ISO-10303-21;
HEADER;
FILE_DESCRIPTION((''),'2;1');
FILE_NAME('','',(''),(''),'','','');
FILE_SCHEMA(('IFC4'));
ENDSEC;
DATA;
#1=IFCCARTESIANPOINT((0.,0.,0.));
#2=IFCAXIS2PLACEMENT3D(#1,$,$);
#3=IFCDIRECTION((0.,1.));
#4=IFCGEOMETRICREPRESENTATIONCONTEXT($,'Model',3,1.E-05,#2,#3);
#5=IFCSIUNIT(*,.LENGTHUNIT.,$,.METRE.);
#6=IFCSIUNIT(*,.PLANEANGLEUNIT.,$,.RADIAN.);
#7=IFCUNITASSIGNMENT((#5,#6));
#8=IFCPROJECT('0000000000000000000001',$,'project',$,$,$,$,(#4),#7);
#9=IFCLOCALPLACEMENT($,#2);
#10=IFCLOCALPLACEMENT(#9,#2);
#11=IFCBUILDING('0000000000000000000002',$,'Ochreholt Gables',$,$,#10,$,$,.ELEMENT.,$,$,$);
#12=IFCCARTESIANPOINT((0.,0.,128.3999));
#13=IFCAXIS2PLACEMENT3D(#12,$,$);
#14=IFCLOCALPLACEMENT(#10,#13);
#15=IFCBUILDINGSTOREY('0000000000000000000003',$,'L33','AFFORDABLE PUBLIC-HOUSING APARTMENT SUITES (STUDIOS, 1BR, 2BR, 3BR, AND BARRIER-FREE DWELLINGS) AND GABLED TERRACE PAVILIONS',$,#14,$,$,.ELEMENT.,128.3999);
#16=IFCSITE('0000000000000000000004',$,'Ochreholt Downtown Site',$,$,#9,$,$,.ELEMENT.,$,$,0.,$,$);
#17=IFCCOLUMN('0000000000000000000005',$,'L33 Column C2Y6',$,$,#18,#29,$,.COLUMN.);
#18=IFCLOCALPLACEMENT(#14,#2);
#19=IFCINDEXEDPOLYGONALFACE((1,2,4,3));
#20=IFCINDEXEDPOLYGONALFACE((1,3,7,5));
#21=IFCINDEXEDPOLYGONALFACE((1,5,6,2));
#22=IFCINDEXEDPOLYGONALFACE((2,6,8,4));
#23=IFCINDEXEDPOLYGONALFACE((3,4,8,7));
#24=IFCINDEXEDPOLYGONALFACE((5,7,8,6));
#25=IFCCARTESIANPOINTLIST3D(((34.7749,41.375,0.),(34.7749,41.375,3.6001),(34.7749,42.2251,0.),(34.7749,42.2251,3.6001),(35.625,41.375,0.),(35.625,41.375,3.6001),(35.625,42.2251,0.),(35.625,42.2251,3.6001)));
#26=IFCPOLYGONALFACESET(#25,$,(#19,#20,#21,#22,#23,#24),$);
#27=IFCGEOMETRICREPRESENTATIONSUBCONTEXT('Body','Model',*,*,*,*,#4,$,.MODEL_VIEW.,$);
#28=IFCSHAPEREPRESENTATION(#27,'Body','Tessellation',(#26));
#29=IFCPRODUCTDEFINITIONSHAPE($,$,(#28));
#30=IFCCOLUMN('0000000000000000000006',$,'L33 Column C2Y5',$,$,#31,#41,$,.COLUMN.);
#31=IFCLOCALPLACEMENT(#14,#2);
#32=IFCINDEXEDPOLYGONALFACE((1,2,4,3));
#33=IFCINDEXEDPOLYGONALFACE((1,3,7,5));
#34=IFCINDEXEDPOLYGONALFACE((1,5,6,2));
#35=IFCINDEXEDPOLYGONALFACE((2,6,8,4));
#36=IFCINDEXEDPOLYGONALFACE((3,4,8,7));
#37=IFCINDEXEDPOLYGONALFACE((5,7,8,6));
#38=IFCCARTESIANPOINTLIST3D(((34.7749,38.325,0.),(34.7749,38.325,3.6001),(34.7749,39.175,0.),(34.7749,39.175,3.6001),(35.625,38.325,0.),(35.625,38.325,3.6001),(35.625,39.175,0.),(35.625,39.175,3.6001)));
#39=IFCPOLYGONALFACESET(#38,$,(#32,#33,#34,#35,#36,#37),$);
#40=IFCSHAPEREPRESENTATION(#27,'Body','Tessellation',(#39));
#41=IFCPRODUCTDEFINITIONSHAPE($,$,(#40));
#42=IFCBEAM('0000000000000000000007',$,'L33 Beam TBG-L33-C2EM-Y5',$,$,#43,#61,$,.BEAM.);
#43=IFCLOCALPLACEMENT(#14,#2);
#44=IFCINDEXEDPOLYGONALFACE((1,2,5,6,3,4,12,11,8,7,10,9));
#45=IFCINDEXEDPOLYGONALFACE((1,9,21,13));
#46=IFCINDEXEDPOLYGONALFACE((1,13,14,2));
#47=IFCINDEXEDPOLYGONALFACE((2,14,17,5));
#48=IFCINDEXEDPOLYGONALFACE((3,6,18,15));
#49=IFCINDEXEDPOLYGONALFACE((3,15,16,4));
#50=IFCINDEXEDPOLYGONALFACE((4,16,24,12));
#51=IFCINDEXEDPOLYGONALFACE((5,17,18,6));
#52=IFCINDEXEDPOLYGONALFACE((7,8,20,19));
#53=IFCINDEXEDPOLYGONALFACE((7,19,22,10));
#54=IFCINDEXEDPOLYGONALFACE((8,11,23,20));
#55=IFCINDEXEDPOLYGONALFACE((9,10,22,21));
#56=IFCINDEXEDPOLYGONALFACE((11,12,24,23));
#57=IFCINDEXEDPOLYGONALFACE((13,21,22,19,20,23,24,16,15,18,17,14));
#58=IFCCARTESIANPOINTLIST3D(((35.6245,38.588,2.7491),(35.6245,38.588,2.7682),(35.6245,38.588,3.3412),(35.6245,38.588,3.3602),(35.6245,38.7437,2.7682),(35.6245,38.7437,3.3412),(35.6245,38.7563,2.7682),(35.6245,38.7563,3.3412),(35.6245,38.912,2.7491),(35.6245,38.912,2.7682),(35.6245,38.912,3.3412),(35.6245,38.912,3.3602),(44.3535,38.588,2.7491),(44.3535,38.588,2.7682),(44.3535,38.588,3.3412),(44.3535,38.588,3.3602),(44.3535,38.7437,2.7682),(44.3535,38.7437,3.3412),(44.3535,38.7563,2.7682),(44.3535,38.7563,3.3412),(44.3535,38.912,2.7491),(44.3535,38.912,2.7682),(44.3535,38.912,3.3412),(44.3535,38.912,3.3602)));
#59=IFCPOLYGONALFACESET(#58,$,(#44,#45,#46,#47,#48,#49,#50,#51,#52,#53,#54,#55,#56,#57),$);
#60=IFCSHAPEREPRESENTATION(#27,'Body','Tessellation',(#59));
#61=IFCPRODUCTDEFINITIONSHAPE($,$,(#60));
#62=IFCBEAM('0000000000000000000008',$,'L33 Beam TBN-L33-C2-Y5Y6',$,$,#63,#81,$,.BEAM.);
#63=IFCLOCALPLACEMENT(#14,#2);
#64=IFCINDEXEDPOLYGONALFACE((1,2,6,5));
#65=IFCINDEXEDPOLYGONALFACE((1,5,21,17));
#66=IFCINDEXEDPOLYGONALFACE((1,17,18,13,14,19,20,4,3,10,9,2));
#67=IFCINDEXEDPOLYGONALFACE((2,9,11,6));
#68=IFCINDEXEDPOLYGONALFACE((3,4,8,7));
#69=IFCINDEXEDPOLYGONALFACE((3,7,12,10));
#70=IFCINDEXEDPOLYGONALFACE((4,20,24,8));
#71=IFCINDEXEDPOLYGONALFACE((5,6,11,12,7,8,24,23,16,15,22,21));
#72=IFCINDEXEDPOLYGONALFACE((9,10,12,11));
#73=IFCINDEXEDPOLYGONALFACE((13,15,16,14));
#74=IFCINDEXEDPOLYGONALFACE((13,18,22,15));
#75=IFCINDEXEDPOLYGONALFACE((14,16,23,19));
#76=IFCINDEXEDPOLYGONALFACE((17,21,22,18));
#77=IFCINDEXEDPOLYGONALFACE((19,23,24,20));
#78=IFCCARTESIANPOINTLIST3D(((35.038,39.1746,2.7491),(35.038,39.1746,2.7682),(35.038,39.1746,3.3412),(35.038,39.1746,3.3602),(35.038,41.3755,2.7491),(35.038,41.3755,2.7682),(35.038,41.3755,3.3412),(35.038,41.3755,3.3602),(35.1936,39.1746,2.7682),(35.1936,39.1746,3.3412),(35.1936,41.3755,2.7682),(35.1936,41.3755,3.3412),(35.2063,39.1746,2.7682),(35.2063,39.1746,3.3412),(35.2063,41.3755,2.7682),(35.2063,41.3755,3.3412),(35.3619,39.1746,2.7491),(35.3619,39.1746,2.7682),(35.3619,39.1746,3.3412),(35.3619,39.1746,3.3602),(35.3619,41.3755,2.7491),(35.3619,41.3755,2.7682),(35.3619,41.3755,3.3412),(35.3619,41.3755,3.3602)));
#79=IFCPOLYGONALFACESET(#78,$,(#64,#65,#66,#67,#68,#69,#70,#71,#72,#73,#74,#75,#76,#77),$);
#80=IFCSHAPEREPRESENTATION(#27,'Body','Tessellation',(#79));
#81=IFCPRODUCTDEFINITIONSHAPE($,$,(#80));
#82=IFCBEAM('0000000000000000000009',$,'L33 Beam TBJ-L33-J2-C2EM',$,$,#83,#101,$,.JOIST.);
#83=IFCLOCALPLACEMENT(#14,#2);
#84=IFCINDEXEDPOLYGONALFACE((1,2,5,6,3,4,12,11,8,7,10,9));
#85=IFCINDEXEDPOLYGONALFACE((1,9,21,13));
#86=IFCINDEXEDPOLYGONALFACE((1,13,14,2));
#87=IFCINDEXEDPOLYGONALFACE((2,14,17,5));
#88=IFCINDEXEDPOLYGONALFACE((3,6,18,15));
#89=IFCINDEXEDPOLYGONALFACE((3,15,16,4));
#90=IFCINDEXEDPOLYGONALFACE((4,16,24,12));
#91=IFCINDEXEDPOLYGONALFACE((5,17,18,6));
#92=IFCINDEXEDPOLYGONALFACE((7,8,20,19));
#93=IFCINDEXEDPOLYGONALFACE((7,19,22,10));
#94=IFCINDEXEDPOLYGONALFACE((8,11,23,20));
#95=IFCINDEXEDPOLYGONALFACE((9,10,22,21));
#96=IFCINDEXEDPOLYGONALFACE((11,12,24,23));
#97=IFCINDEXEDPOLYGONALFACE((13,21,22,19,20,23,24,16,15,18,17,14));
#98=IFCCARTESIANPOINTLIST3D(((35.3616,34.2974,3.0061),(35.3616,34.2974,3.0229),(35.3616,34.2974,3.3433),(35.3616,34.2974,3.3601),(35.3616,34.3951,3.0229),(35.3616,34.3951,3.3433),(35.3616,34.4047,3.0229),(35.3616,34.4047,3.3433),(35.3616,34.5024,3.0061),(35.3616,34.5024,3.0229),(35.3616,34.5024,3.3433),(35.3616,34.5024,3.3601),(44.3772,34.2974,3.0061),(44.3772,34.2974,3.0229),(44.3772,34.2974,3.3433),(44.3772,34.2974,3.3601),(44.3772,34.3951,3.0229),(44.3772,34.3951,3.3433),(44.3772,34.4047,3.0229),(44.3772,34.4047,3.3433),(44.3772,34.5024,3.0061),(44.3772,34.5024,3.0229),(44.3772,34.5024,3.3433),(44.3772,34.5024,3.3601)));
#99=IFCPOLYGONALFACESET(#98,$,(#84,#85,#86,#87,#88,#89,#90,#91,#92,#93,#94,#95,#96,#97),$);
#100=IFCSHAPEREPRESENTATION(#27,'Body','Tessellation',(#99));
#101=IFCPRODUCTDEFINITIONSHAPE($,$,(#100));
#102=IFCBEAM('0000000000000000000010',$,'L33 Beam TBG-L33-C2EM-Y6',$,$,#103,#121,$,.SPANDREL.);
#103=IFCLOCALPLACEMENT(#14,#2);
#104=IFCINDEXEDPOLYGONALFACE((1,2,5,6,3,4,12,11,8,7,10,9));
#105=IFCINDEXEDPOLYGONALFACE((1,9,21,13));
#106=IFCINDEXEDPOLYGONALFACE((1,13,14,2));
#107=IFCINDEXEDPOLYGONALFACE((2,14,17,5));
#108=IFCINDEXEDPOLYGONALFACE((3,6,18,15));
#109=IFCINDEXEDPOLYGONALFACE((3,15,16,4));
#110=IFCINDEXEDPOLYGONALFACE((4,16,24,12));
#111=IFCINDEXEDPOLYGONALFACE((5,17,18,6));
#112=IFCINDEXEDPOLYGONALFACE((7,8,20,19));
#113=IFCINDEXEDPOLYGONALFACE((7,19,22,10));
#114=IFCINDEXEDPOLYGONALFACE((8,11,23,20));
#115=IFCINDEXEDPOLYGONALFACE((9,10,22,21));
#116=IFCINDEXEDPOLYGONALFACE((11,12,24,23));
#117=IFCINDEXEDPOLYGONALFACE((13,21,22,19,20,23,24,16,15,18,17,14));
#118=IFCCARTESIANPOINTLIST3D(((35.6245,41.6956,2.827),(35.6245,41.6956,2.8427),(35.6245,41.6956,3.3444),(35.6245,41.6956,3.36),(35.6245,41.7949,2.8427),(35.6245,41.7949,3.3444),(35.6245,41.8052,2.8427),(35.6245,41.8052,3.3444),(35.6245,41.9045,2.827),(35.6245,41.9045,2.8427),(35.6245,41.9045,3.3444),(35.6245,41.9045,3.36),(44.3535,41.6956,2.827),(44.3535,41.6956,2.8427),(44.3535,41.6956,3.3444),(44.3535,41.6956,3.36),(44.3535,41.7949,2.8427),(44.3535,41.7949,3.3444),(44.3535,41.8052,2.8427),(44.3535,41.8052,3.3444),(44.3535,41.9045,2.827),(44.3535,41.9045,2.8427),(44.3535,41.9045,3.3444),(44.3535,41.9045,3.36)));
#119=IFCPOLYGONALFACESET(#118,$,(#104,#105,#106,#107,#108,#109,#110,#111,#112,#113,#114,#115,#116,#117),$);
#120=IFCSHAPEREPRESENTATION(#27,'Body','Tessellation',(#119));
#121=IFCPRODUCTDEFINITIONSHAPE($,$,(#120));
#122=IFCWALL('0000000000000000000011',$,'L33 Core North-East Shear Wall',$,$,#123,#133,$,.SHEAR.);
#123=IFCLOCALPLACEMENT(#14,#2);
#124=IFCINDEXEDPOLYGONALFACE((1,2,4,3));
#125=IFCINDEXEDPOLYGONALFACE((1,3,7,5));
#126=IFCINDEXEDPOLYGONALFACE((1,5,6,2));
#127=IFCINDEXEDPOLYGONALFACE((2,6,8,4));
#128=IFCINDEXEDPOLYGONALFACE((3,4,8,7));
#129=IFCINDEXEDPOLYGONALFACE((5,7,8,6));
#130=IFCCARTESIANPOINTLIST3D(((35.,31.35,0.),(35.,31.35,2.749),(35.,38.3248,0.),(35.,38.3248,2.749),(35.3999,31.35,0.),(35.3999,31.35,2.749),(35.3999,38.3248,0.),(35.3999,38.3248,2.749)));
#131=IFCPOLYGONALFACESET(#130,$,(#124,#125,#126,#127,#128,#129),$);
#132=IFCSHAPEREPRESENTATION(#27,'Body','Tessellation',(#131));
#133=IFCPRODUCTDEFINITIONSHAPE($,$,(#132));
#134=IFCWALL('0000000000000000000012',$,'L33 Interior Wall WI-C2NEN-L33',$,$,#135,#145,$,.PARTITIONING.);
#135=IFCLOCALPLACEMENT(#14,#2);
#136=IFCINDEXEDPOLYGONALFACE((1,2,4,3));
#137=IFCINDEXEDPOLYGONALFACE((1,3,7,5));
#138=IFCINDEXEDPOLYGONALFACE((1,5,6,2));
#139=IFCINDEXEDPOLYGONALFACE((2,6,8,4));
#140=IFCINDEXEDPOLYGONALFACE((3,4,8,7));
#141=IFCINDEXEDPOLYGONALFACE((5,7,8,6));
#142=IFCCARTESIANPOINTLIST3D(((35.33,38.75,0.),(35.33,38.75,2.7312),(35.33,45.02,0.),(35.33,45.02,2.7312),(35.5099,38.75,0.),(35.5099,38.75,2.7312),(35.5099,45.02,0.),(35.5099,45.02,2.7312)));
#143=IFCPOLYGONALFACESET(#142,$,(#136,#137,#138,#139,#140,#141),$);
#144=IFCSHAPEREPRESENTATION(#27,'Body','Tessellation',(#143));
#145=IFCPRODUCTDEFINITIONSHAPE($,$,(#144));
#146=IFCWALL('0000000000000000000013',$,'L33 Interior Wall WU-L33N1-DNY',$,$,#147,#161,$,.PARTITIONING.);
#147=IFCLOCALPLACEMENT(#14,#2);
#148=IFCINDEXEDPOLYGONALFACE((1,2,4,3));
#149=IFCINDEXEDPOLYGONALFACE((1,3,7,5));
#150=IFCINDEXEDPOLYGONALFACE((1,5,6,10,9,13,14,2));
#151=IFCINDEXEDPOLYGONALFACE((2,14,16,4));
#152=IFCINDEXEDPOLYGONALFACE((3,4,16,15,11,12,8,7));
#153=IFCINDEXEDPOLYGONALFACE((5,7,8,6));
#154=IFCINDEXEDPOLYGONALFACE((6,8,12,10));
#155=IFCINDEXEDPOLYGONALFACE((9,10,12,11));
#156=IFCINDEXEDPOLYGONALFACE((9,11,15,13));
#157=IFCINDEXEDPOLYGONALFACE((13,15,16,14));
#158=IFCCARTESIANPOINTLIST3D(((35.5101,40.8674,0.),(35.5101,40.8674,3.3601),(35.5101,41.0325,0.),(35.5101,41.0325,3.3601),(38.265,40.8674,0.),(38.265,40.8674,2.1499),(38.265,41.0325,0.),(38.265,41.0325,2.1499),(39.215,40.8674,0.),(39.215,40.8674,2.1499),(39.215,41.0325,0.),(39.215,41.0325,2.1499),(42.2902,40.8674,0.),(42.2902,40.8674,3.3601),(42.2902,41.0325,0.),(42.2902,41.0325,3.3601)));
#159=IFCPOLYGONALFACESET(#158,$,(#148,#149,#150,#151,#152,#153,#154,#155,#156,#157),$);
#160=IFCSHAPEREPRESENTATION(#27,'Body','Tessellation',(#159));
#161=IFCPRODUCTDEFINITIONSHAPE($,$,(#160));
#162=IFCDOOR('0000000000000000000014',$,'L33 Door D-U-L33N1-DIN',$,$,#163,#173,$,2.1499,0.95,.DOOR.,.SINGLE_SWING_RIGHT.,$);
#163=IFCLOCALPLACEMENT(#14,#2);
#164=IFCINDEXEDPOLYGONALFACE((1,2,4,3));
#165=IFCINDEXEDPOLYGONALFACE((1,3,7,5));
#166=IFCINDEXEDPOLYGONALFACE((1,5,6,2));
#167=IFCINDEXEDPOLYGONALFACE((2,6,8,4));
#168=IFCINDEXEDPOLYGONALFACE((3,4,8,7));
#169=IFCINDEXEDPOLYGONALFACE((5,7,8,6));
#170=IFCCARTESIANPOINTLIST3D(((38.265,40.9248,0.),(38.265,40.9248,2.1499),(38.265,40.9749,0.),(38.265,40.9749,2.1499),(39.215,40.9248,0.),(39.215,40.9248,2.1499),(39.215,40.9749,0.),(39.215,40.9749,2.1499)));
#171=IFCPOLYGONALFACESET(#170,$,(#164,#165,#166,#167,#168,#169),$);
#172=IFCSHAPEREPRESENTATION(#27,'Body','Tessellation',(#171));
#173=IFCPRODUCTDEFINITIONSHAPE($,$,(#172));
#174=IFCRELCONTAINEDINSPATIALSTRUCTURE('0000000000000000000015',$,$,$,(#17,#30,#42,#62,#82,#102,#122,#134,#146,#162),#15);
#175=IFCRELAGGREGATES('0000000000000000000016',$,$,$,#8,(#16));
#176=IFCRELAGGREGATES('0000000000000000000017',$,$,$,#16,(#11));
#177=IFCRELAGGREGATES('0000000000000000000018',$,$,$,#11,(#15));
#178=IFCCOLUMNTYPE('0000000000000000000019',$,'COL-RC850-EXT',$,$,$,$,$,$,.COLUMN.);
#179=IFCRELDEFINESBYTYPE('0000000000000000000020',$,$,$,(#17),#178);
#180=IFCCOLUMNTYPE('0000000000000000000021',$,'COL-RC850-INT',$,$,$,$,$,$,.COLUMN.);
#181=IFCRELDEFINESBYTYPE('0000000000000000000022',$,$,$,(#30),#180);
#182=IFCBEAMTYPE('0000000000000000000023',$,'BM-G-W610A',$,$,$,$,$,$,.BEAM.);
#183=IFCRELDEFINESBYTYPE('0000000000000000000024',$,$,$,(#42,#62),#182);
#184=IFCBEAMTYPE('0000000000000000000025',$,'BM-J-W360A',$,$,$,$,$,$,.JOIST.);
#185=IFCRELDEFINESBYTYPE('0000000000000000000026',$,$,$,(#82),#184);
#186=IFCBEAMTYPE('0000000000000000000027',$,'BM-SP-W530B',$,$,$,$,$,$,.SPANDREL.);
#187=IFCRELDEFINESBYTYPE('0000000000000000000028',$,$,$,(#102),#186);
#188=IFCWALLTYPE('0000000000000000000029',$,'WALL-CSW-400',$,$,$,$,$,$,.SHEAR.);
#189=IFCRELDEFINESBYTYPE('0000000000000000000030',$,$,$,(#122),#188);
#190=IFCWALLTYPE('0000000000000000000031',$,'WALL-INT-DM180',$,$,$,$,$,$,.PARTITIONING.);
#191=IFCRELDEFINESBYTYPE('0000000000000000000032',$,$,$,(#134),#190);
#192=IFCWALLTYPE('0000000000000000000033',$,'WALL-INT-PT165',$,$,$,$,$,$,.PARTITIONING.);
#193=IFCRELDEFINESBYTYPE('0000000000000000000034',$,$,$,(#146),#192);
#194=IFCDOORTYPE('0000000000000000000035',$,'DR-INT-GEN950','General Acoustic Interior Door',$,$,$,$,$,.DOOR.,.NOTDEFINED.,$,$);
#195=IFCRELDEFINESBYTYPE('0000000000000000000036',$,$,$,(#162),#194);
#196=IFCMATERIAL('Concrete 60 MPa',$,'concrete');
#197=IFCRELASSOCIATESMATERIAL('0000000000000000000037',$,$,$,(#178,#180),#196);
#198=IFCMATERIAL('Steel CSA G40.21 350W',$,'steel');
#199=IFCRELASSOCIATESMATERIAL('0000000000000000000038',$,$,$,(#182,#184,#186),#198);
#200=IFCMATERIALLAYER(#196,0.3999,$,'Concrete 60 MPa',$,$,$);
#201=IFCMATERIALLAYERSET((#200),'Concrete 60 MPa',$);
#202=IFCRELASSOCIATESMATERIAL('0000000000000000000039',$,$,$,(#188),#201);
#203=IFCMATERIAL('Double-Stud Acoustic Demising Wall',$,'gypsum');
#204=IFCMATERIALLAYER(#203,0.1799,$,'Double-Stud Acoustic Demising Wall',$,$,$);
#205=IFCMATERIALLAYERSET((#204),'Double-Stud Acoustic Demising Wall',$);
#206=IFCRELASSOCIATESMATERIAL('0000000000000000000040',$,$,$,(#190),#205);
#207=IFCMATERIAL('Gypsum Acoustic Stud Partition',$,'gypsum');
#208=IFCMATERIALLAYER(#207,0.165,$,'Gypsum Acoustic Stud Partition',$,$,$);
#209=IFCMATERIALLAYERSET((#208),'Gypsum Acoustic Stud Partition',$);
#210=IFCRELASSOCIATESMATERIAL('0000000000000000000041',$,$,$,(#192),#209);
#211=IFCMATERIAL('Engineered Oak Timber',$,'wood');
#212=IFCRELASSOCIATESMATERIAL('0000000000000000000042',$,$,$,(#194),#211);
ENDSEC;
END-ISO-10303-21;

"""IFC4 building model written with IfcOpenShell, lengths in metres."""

from ifc_helpers import new_model, si_unit, direction, frame, frame_2d, origin, origin_2d, place, context, subcontext, project, spatial, rectangle, i_section, extrude, material, layer, layer_set, material_profile, profile_set, type_object, element, fill, save


model = new_model("IFC4")

# Units and contexts
model_context = context("Model", 3, precision=1e-05, world=origin(), true_north=direction((0.0, 1.0)))
body_context = subcontext(model_context, "Body", "Model", "MODEL_VIEW")
ifc_project = project(units=[si_unit("LENGTHUNIT", "METRE"), si_unit("PLANEANGLEUNIT", "RADIAN")], contexts=[model_context])

# Site, building, storey
site_placement = place(None, origin())
site = spatial("IfcSite", under=ifc_project, at=site_placement, Name="Ochreholt Downtown Site", CompositionType="ELEMENT", RefElevation=0.0)
building_placement = place(site_placement, origin())
building = spatial("IfcBuilding", under=site, at=building_placement, Name="Ochreholt Gables", CompositionType="ELEMENT")
storey_placement = place(building_placement, frame((0.0, 0.0, 128.3999)))
storey = spatial("IfcBuildingStorey", under=building, at=storey_placement, Name="L33", Description="AFFORDABLE PUBLIC-HOUSING APARTMENT SUITES (STUDIOS, 1BR, 2BR, 3BR, AND BARRIER-FREE DWELLINGS) AND GABLED TERRACE PAVILIONS", CompositionType="ELEMENT", Elevation=128.3999)

# Columns
ifc_material_1 = material(Name="Concrete 60 MPa", Category="concrete")
ifc_material_profile_1 = material_profile(ifc_material_1, rectangle(XDim=0.8501, YDim=0.8501, at=origin_2d()), Name="RC850X850")
ifc_profile_set_1 = profile_set([ifc_material_profile_1], Name="Concrete 60 MPa")
column_type_1 = type_object("IfcColumnType", Name="COL-RC850-EXT", PredefinedType="COLUMN", material=ifc_profile_set_1)
column_1_placement = place(storey_placement, frame((35.2, 41.8, 0.0), z_axis=(0.0, 0.0, 1.0), x_axis=(1.0, 0.0, 0.0)))
element("IfcColumn", 1, at=column_1_placement, inside=storey, type_object=column_type_1, Name="L33 Column C2Y6", PredefinedType="COLUMN", context=body_context, shape_type="SweptSolid", body=[
    extrude(rectangle(XDim=0.8501, YDim=0.8501, at=origin_2d()), origin(), (0.0, 0.0, 1.0), 3.6001),
])
ifc_material_profile_2 = material_profile(ifc_material_1, rectangle(XDim=0.8501, YDim=0.8501, at=origin_2d()), Name="RC850X850")
ifc_profile_set_2 = profile_set([ifc_material_profile_2], Name="Concrete 60 MPa")
column_type_2 = type_object("IfcColumnType", Name="COL-RC850-INT", PredefinedType="COLUMN", material=ifc_profile_set_2)
column_2_placement = place(storey_placement, frame((35.2, 38.75, 0.0), z_axis=(0.0, 0.0, 1.0), x_axis=(1.0, 0.0, 0.0)))
element("IfcColumn", 2, at=column_2_placement, inside=storey, type_object=column_type_2, Name="L33 Column C2Y5", PredefinedType="COLUMN", context=body_context, shape_type="SweptSolid", body=[
    extrude(rectangle(XDim=0.8501, YDim=0.8501, at=origin_2d()), origin(), (0.0, 0.0, 1.0), 3.6001),
])

# Beams
ifc_material_2 = material(Name="Steel CSA G40.21 350W", Category="steel")
ifc_material_profile_3 = material_profile(ifc_material_2, i_section(OverallWidth=0.324, OverallDepth=0.6111, WebThickness=0.0127, FlangeThickness=0.019, at=origin_2d()), Name="W610X155")
ifc_profile_set_3 = profile_set([ifc_material_profile_3], Name="Steel CSA G40.21 350W")
beam_type_1 = type_object("IfcBeamType", Name="BM-G-W610A", PredefinedType="BEAM", material=ifc_profile_set_3)
beam_1_placement = place(storey_placement, frame((35.6245, 38.75, 3.0547), z_axis=(1.0, 0.0, 0.0), x_axis=(0.0, 1.0, 0.0)))
element("IfcBeam", 3, at=beam_1_placement, inside=storey, type_object=beam_type_1, Name="L33 Beam TBG-L33-C2EM-Y5", PredefinedType="BEAM", context=body_context, shape_type="SweptSolid", body=[
    extrude(i_section(OverallWidth=0.324, OverallDepth=0.6111, WebThickness=0.0127, FlangeThickness=0.019, at=origin_2d()), origin(), (0.0, 0.0, 1.0), 8.729),
])
beam_2_placement = place(storey_placement, frame((35.2, 39.1746, 3.0547), z_axis=(0.0, 1.0, 0.0), x_axis=(-1.0, 0.0, 0.0)))
element("IfcBeam", 4, at=beam_2_placement, inside=storey, type_object=beam_type_1, Name="L33 Beam TBN-L33-C2-Y5Y6", PredefinedType="BEAM", context=body_context, shape_type="SweptSolid", body=[
    extrude(i_section(OverallWidth=0.324, OverallDepth=0.6111, WebThickness=0.0127, FlangeThickness=0.019, at=origin_2d()), origin(), (0.0, 0.0, 1.0), 2.2009),
])
ifc_material_profile_4 = material_profile(ifc_material_2, i_section(OverallWidth=0.2051, OverallDepth=0.354, WebThickness=0.0095, FlangeThickness=0.0168, at=origin_2d()), Name="W360X79")
ifc_profile_set_4 = profile_set([ifc_material_profile_4], Name="Steel CSA G40.21 350W")
beam_type_2 = type_object("IfcBeamType", Name="BM-J-W360A", PredefinedType="JOIST", material=ifc_profile_set_4)
beam_3_placement = place(storey_placement, frame((35.3616, 34.3999, 3.1831), z_axis=(1.0, 0.0, 0.0), x_axis=(0.0, 1.0, 0.0)))
element("IfcBeam", 5, at=beam_3_placement, inside=storey, type_object=beam_type_2, Name="L33 Beam TBJ-L33-J2-C2EM", PredefinedType="JOIST", context=body_context, shape_type="SweptSolid", body=[
    extrude(i_section(OverallWidth=0.2051, OverallDepth=0.354, WebThickness=0.0095, FlangeThickness=0.0168, at=origin_2d()), origin(), (0.0, 0.0, 1.0), 9.0156),
])
ifc_material_profile_5 = material_profile(ifc_material_2, i_section(OverallWidth=0.209, OverallDepth=0.533, WebThickness=0.0103, FlangeThickness=0.0156, at=origin_2d()), Name="W530X92")
ifc_profile_set_5 = profile_set([ifc_material_profile_5], Name="Steel CSA G40.21 350W")
beam_type_3 = type_object("IfcBeamType", Name="BM-SP-W530B", PredefinedType="SPANDREL", material=ifc_profile_set_5)
beam_4_placement = place(storey_placement, frame((35.6245, 41.8, 3.0935), z_axis=(1.0, 0.0, 0.0), x_axis=(0.0, 1.0, 0.0)))
element("IfcBeam", 6, at=beam_4_placement, inside=storey, type_object=beam_type_3, Name="L33 Beam TBG-L33-C2EM-Y6", PredefinedType="SPANDREL", context=body_context, shape_type="SweptSolid", body=[
    extrude(i_section(OverallWidth=0.209, OverallDepth=0.533, WebThickness=0.0103, FlangeThickness=0.0156, at=origin_2d()), origin(), (0.0, 0.0, 1.0), 8.729),
])

# Walls
ifc_layer_1 = layer(ifc_material_1, 0.3999, Name="Concrete 60 MPa")
ifc_layer_set_1 = layer_set([ifc_layer_1], Name="Concrete 60 MPa")
wall_type_1 = type_object("IfcWallType", Name="WALL-CSW-400", PredefinedType="SHEAR", material=ifc_layer_set_1)
wall_1_placement = place(storey_placement, frame((35.2, 31.3501, 0.0), z_axis=(0.0, 0.0, 1.0), x_axis=(0.0, 1.0, 0.0)))
element("IfcWall", 7, at=wall_1_placement, inside=storey, type_object=wall_type_1, Name="L33 Core North-East Shear Wall", PredefinedType="SHEAR", context=body_context, shape_type="SweptSolid", body=[
    extrude(rectangle(XDim=6.9749, YDim=0.3999, at=frame_2d((3.4873, 0.0))), origin(), (0.0, 0.0, 1.0), 2.749),
])
ifc_material_3 = material(Name="Double-Stud Acoustic Demising Wall", Category="gypsum")
ifc_layer_2 = layer(ifc_material_3, 0.1799, Name="Double-Stud Acoustic Demising Wall")
ifc_layer_set_2 = layer_set([ifc_layer_2], Name="Double-Stud Acoustic Demising Wall")
wall_type_2 = type_object("IfcWallType", Name="WALL-INT-DM180", PredefinedType="PARTITIONING", material=ifc_layer_set_2)
wall_2_placement = place(storey_placement, frame((35.4199, 38.75, 0.0), z_axis=(0.0, 0.0, 1.0), x_axis=(0.0, 1.0, 0.0)))
element("IfcWall", 8, at=wall_2_placement, inside=storey, type_object=wall_type_2, Name="L33 Interior Wall WI-C2NEN-L33", PredefinedType="PARTITIONING", context=body_context, shape_type="SweptSolid", body=[
    extrude(rectangle(XDim=6.27, YDim=0.1799, at=frame_2d((3.135, 0.0))), origin(), (0.0, 0.0, 1.0), 2.7312),
])

# Wall, opening, door
ifc_material_4 = material(Name="Gypsum Acoustic Stud Partition", Category="gypsum")
ifc_layer_3 = layer(ifc_material_4, 0.165, Name="Gypsum Acoustic Stud Partition")
ifc_layer_set_3 = layer_set([ifc_layer_3], Name="Gypsum Acoustic Stud Partition")
wall_type_3 = type_object("IfcWallType", Name="WALL-INT-PT165", PredefinedType="PARTITIONING", material=ifc_layer_set_3)
wall_3_placement = place(storey_placement, frame((35.51, 40.95, 0.0), z_axis=(0.0, 0.0, 1.0), x_axis=(1.0, 0.0, 0.0)))
wall_3 = element("IfcWall", 9, at=wall_3_placement, inside=storey, type_object=wall_type_3, Name="L33 Interior Wall WU-L33N1-DNY", PredefinedType="PARTITIONING", context=body_context, shape_type="SweptSolid", body=[
    extrude(rectangle(XDim=6.78, YDim=0.165, at=frame_2d((3.3901, 0.0))), origin(), (0.0, 0.0, 1.0), 3.3601),
])
opening_1_placement = place(wall_3_placement, frame((2.7549, 0.0, 0.0)))
opening_1 = element("IfcOpeningElement", 10, at=opening_1_placement, cuts=wall_3, PredefinedType="OPENING", context=body_context, shape_type="SweptSolid", body=[
    extrude(rectangle(XDim=0.95, YDim=2.1499, at=frame_2d((0.4751, 1.075))), frame((0.0, 0.0925, 0.0), z_axis=(0.0, -1.0, 0.0), x_axis=(1.0, 0.0, 0.0)), (0.0, 0.0, 1.0), 0.1851),
])
ifc_material_5 = material(Name="Engineered Oak Timber", Category="wood")
door_type_1 = type_object("IfcDoorType", Name="DR-INT-GEN950", Description="General Acoustic Interior Door", OperationType="NOTDEFINED", PredefinedType="DOOR", material=ifc_material_5)
door_1_placement = place(opening_1_placement, origin())
door_1 = element("IfcDoor", 11, at=door_1_placement, inside=storey, type_object=door_type_1, Name="L33 Door D-U-L33N1-DIN", OperationType="SINGLE_SWING_RIGHT", OverallHeight=2.1499, OverallWidth=0.95, PredefinedType="DOOR", context=body_context, shape_type="SweptSolid", body=[
    extrude(rectangle(XDim=0.95, YDim=2.1499, at=frame_2d((0.4751, 1.075))), frame((0.0, 0.0249, 0.0), z_axis=(0.0, -1.0, 0.0), x_axis=(1.0, 0.0, 0.0)), (0.0, 0.0, 1.0), 0.05),
])
fill(opening_1, door_1)

save(model, "model.ifc")
